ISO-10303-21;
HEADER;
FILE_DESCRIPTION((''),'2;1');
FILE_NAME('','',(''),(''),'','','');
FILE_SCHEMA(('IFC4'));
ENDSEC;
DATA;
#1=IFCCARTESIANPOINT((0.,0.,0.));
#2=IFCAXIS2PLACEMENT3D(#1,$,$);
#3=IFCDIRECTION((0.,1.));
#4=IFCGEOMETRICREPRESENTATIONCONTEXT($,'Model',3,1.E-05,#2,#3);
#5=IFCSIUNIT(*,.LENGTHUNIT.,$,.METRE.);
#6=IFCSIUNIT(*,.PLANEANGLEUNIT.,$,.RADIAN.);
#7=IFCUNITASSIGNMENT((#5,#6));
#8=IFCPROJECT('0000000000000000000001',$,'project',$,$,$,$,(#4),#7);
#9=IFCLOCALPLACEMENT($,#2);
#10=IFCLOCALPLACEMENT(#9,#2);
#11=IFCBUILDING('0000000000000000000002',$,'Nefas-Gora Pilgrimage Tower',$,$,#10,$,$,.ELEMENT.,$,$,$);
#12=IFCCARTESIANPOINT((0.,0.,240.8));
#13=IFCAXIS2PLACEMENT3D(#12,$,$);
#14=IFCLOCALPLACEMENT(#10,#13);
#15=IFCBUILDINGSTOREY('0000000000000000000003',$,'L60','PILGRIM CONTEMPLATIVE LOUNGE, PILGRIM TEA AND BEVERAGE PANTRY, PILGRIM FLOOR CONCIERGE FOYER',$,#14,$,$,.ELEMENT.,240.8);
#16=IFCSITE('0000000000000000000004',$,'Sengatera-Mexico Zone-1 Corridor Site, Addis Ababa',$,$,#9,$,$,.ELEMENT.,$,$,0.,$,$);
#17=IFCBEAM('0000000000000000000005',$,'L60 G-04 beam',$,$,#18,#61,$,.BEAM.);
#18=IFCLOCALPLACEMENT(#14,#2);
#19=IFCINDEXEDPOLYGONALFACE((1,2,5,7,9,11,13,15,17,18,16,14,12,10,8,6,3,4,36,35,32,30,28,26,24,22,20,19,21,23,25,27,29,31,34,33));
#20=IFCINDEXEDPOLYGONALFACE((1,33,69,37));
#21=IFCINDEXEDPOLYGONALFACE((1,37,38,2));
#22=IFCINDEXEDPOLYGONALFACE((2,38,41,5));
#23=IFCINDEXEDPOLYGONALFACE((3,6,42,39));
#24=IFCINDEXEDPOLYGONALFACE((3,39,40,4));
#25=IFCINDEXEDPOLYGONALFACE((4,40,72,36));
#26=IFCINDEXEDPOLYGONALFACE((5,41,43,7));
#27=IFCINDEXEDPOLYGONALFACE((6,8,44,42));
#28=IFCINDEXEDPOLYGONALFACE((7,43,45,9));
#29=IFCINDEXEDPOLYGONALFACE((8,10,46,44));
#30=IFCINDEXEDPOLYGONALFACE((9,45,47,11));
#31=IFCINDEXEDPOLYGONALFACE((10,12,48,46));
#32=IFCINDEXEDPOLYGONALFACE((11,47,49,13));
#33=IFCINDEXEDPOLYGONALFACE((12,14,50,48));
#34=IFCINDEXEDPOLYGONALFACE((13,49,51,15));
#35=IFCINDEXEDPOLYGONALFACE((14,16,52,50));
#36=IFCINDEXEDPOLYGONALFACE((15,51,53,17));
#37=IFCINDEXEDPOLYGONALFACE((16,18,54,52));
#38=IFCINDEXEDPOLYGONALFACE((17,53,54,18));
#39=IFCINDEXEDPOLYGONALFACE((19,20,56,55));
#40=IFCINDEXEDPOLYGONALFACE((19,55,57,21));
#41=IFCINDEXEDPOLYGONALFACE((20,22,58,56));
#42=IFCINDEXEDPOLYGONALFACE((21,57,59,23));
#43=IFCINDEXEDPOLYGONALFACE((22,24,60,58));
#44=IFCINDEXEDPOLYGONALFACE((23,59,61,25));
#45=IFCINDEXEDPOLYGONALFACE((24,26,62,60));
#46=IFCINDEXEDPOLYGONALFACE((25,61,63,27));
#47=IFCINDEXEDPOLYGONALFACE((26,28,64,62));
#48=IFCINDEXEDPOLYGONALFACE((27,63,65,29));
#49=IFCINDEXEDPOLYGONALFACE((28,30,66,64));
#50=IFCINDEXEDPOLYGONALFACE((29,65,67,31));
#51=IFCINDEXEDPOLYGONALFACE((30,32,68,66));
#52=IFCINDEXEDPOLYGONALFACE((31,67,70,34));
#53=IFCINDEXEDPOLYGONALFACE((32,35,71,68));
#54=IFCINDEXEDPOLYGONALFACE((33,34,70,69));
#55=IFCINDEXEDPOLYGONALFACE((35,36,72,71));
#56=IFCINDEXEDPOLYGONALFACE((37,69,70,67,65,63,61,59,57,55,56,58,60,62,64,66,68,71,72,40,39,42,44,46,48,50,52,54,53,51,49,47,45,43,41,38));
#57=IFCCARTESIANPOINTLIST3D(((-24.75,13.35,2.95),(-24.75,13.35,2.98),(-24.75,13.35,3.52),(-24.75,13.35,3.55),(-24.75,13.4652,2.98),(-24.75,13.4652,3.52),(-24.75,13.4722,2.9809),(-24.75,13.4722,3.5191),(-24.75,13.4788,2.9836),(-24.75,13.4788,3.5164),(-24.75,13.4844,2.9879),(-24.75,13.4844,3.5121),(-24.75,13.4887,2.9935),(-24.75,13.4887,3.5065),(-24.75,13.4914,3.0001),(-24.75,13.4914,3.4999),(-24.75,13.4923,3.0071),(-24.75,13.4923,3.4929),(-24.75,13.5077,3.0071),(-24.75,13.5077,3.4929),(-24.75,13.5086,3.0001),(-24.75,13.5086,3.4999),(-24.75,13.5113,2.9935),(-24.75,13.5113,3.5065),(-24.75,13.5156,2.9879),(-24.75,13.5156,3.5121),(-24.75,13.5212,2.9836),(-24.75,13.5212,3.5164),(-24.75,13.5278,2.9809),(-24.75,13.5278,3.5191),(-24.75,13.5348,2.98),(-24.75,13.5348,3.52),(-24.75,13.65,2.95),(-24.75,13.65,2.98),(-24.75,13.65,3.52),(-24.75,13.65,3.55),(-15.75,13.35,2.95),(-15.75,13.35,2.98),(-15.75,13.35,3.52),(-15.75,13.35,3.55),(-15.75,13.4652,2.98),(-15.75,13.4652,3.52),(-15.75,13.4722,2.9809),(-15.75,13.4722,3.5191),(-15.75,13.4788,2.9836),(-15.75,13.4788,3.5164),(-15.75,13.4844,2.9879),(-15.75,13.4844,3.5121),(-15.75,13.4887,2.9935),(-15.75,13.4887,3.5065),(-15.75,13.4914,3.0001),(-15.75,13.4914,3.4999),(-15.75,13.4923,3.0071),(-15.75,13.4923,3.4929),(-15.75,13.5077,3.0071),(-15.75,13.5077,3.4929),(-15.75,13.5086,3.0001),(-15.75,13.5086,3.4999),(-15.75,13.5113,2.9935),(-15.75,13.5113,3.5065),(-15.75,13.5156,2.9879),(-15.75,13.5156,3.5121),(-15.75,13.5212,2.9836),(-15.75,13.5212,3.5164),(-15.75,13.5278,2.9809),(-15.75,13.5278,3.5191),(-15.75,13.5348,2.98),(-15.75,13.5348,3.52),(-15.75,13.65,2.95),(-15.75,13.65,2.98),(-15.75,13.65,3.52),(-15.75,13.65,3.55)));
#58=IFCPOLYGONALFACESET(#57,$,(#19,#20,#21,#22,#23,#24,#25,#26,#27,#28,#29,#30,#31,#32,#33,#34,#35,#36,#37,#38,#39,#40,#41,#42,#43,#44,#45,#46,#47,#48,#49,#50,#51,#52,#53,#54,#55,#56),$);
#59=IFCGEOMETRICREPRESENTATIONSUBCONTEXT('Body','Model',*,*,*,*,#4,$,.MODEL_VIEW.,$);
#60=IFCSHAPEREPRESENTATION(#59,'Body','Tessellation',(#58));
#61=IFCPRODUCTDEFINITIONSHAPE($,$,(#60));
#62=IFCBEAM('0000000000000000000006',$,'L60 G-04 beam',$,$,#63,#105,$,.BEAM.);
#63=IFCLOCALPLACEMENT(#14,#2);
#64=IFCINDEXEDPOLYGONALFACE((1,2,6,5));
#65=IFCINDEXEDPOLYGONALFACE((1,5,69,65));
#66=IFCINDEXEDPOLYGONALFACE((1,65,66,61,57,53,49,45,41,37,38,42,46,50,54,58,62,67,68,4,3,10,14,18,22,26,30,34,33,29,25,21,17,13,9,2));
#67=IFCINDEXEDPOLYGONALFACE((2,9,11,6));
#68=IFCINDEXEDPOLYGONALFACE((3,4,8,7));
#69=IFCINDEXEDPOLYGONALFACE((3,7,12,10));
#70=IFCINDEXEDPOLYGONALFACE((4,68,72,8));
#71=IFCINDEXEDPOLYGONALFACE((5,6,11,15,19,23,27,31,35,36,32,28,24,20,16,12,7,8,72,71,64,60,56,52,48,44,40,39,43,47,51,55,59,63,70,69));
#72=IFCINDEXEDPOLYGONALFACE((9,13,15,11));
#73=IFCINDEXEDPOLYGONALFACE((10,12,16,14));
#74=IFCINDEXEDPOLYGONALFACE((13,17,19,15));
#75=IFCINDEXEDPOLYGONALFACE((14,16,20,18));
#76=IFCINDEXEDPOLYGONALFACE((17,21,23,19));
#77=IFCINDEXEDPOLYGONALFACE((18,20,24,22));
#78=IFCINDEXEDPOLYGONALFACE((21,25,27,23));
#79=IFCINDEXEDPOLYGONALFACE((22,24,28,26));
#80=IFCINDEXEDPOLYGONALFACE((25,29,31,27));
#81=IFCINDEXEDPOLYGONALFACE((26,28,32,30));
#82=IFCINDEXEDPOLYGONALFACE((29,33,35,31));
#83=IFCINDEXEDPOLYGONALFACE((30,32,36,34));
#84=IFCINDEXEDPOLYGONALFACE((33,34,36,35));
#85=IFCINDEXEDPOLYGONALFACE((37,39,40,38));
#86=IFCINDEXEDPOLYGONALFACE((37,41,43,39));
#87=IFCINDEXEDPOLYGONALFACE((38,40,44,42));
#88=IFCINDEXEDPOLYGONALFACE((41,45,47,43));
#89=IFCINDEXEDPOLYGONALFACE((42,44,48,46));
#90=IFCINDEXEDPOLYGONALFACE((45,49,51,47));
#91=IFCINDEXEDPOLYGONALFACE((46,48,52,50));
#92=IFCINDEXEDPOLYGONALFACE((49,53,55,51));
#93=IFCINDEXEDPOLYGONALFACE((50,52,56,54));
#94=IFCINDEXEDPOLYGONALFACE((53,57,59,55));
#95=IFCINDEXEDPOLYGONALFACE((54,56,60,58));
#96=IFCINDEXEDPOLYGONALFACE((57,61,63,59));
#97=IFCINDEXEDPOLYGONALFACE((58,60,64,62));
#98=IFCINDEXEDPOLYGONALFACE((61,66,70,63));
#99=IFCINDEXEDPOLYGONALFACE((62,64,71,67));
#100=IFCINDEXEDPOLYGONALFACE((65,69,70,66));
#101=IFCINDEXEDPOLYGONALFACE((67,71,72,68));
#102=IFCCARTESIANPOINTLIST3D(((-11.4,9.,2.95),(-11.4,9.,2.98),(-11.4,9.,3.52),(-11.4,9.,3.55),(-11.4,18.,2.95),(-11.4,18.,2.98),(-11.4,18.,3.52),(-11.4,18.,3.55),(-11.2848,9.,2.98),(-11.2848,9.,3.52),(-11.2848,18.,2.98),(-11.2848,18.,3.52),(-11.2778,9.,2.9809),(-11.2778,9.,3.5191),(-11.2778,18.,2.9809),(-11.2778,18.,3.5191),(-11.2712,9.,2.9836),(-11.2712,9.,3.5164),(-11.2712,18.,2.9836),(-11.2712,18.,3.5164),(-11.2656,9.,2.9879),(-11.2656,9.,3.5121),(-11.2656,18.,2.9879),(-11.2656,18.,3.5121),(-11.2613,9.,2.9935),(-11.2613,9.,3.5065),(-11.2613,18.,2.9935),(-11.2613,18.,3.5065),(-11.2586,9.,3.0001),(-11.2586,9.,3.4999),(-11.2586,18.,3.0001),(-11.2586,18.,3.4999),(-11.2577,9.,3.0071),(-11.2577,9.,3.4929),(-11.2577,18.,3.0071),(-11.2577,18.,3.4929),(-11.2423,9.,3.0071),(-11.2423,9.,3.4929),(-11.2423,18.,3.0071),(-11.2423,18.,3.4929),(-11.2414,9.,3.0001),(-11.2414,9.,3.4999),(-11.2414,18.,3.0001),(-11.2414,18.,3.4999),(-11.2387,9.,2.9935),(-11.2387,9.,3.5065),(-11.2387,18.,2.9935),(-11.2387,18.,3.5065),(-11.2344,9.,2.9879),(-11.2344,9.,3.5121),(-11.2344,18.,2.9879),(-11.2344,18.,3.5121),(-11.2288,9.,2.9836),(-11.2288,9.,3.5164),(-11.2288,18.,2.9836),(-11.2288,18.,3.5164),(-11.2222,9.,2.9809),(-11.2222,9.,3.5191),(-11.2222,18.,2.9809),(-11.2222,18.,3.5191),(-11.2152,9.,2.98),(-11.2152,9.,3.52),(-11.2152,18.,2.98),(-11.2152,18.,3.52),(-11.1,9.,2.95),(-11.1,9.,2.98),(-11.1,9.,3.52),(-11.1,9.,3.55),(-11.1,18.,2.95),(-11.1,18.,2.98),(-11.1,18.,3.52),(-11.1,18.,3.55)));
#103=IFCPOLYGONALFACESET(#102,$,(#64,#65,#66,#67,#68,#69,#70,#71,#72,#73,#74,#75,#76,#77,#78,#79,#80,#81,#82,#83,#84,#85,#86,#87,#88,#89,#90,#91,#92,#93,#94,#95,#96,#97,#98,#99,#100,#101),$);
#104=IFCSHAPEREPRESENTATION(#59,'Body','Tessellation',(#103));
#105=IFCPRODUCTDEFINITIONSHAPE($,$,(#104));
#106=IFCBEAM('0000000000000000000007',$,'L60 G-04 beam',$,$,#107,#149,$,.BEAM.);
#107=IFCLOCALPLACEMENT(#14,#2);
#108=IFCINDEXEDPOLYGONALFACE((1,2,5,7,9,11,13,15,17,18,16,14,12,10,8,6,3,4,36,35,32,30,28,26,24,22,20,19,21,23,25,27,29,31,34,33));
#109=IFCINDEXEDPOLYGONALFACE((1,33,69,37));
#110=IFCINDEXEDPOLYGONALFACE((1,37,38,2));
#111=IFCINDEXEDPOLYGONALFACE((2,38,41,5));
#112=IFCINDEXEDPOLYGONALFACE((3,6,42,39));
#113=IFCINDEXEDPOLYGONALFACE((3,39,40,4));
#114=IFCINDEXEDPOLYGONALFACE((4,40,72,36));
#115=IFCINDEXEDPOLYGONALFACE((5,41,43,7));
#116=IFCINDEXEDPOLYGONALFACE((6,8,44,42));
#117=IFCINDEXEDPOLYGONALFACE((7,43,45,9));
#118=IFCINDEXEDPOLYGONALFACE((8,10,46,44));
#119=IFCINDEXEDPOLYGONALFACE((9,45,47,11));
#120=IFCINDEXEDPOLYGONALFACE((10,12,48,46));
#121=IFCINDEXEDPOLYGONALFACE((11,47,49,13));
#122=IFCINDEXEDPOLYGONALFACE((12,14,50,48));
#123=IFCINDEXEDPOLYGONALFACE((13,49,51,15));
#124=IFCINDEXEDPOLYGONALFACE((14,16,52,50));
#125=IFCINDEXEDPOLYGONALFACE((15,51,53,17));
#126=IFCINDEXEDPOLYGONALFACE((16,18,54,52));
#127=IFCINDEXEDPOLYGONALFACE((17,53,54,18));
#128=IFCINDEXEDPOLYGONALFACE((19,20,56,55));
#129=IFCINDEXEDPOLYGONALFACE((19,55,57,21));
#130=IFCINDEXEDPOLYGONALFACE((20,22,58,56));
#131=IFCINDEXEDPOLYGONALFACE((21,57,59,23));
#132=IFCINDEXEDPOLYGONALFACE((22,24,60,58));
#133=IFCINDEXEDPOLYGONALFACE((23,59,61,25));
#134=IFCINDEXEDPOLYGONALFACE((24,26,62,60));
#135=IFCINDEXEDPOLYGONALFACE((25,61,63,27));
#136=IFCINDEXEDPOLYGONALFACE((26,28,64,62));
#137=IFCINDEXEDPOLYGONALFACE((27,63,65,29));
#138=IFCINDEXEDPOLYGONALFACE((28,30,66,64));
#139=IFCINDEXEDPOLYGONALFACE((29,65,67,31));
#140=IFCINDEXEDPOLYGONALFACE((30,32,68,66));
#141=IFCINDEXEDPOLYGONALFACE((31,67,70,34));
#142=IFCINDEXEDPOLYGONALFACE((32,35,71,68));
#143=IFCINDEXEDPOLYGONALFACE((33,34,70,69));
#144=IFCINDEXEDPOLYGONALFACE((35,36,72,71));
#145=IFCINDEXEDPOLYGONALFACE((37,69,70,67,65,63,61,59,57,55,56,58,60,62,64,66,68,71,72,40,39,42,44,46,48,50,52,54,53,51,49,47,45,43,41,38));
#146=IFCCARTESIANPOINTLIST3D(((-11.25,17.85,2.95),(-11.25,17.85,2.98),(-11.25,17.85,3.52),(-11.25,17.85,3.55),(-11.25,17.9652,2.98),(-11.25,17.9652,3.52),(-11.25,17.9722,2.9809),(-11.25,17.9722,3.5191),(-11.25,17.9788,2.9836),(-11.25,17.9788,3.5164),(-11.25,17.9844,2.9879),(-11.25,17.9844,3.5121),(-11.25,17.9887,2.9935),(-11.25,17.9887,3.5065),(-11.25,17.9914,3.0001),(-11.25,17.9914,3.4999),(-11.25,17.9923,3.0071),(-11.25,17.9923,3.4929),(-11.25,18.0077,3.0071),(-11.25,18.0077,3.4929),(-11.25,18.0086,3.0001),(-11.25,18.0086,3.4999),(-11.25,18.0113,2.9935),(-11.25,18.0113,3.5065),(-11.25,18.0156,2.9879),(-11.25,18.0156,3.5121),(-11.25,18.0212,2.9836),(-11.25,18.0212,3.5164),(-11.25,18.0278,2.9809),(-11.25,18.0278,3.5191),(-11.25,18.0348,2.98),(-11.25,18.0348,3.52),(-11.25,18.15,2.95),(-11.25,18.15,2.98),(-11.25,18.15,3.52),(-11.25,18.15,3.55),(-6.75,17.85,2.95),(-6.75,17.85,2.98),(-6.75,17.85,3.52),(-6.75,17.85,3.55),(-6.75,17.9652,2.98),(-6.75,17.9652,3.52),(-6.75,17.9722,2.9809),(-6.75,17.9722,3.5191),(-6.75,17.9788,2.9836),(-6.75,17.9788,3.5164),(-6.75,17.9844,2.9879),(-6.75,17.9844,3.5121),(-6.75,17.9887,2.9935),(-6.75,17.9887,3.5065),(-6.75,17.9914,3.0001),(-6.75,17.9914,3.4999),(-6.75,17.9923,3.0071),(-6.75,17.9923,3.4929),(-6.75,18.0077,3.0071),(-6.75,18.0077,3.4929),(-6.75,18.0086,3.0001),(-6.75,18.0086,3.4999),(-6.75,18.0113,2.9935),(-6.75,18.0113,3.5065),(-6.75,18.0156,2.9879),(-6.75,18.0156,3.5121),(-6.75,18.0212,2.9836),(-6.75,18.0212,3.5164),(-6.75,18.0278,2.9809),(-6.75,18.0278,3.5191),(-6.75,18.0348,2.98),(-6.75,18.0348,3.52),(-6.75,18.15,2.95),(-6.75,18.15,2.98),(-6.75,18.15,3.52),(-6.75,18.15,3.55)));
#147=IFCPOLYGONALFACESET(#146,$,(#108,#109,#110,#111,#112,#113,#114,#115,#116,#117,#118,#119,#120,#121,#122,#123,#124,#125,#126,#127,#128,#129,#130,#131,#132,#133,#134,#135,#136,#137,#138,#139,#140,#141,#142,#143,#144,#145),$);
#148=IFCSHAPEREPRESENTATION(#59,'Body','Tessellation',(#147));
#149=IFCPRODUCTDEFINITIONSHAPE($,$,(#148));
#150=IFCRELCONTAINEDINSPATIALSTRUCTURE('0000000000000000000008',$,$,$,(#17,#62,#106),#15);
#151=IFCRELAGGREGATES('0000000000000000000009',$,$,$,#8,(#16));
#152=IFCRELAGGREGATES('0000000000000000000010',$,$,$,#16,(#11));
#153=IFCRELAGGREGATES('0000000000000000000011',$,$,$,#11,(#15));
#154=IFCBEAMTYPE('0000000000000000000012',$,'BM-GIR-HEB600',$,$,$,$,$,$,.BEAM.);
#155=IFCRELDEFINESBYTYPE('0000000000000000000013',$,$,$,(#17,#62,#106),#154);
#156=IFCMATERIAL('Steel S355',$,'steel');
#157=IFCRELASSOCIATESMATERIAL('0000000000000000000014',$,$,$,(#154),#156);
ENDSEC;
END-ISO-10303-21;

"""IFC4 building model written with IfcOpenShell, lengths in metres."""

from ifc_helpers import new_model, si_unit, direction, frame, origin, origin_2d, place, context, subcontext, project, spatial, i_section, extrude, source, transform, mapped, material, material_profile, profile_set, type_object, element, save


model = new_model("IFC4")

# Units and contexts
model_context = context("Model", 3, precision=1e-05, world=origin(), true_north=direction((0.0, 1.0)))
body_context = subcontext(model_context, "Body", "Model", "MODEL_VIEW")
ifc_project = project(units=[si_unit("LENGTHUNIT", "METRE"), si_unit("PLANEANGLEUNIT", "RADIAN")], contexts=[model_context])

# Site, building, storey
site_placement = place(None, origin())
site = spatial("IfcSite", under=ifc_project, at=site_placement, Name="Sengatera-Mexico Zone-1 Corridor Site, Addis Ababa", CompositionType="ELEMENT", RefElevation=0.0)
building_placement = place(site_placement, origin())
building = spatial("IfcBuilding", under=site, at=building_placement, Name="Nefas-Gora Pilgrimage Tower", CompositionType="ELEMENT")
storey_placement = place(building_placement, frame((0.0, 0.0, 240.8)))
storey = spatial("IfcBuildingStorey", under=building, at=storey_placement, Name="L60", Description="PILGRIM CONTEMPLATIVE LOUNGE, PILGRIM TEA AND BEVERAGE PANTRY, PILGRIM FLOOR CONCIERGE FOYER", CompositionType="ELEMENT", Elevation=240.8)

# Beams
ifc_material_1 = material(Name="Steel S355", Category="steel")
ifc_material_profile_1 = material_profile(ifc_material_1, i_section(OverallWidth=0.3, OverallDepth=0.6001, WebThickness=0.0154, FlangeThickness=0.03, FilletRadius=0.0271, at=origin_2d()), Name="HEB 600")
ifc_profile_set_1 = profile_set([ifc_material_profile_1], Name="Steel S355")
beam_type = type_object("IfcBeamType", Name="BM-GIR-HEB600", PredefinedType="BEAM", material=ifc_profile_set_1)
shared_shape_1 = source(origin(), body_context, "Body", "SweptSolid", [
    extrude(i_section(OverallWidth=0.3, OverallDepth=0.6001, WebThickness=0.0154, FlangeThickness=0.03, FilletRadius=0.0271, at=origin_2d()), origin(), (0.0, 0.0, 1.0), 9.0),
])
for number, where, z_axis, x_axis, name in (
    (1, (-24.75, 13.5, 3.25), (1.0, 0.0, 0.0), (0.0, 1.0, 0.0), "L60 G-04 beam"),
    (2, (-11.25, 9.0, 3.25), (0.0, 1.0, 0.0), (-1.0, 0.0, 0.0), "L60 G-04 beam"),
):
    element("IfcBeam", number, at=place(storey_placement, frame(where, z_axis=z_axis, x_axis=x_axis)), inside=storey, type_object=beam_type, Name=name, PredefinedType="BEAM", context=body_context, shape_type="MappedRepresentation", body=[
        mapped(shared_shape_1, transform((0.0, 0.0, 0.0), x_axis=(1.0, 0.0, 0.0), y_axis=(0.0, 1.0, 0.0), z_axis=(0.0, 0.0, 1.0), scale=1.0)),
    ])
shared_shape_2 = source(origin(), body_context, "Body", "SweptSolid", [
    extrude(i_section(OverallWidth=0.3, OverallDepth=0.6001, WebThickness=0.0154, FlangeThickness=0.03, FilletRadius=0.0271, at=origin_2d()), origin(), (0.0, 0.0, 1.0), 4.5),
])
beam_placement = place(storey_placement, frame((-11.25, 18.0, 3.25), z_axis=(1.0, 0.0, 0.0), x_axis=(0.0, 1.0, 0.0)))
element("IfcBeam", 3, at=beam_placement, inside=storey, type_object=beam_type, Name="L60 G-04 beam", PredefinedType="BEAM", context=body_context, shape_type="MappedRepresentation", body=[
    mapped(shared_shape_2, transform((0.0, 0.0, 0.0), x_axis=(1.0, 0.0, 0.0), y_axis=(0.0, 1.0, 0.0), z_axis=(0.0, 0.0, 1.0), scale=1.0)),
])

save(model, "model.ifc")
